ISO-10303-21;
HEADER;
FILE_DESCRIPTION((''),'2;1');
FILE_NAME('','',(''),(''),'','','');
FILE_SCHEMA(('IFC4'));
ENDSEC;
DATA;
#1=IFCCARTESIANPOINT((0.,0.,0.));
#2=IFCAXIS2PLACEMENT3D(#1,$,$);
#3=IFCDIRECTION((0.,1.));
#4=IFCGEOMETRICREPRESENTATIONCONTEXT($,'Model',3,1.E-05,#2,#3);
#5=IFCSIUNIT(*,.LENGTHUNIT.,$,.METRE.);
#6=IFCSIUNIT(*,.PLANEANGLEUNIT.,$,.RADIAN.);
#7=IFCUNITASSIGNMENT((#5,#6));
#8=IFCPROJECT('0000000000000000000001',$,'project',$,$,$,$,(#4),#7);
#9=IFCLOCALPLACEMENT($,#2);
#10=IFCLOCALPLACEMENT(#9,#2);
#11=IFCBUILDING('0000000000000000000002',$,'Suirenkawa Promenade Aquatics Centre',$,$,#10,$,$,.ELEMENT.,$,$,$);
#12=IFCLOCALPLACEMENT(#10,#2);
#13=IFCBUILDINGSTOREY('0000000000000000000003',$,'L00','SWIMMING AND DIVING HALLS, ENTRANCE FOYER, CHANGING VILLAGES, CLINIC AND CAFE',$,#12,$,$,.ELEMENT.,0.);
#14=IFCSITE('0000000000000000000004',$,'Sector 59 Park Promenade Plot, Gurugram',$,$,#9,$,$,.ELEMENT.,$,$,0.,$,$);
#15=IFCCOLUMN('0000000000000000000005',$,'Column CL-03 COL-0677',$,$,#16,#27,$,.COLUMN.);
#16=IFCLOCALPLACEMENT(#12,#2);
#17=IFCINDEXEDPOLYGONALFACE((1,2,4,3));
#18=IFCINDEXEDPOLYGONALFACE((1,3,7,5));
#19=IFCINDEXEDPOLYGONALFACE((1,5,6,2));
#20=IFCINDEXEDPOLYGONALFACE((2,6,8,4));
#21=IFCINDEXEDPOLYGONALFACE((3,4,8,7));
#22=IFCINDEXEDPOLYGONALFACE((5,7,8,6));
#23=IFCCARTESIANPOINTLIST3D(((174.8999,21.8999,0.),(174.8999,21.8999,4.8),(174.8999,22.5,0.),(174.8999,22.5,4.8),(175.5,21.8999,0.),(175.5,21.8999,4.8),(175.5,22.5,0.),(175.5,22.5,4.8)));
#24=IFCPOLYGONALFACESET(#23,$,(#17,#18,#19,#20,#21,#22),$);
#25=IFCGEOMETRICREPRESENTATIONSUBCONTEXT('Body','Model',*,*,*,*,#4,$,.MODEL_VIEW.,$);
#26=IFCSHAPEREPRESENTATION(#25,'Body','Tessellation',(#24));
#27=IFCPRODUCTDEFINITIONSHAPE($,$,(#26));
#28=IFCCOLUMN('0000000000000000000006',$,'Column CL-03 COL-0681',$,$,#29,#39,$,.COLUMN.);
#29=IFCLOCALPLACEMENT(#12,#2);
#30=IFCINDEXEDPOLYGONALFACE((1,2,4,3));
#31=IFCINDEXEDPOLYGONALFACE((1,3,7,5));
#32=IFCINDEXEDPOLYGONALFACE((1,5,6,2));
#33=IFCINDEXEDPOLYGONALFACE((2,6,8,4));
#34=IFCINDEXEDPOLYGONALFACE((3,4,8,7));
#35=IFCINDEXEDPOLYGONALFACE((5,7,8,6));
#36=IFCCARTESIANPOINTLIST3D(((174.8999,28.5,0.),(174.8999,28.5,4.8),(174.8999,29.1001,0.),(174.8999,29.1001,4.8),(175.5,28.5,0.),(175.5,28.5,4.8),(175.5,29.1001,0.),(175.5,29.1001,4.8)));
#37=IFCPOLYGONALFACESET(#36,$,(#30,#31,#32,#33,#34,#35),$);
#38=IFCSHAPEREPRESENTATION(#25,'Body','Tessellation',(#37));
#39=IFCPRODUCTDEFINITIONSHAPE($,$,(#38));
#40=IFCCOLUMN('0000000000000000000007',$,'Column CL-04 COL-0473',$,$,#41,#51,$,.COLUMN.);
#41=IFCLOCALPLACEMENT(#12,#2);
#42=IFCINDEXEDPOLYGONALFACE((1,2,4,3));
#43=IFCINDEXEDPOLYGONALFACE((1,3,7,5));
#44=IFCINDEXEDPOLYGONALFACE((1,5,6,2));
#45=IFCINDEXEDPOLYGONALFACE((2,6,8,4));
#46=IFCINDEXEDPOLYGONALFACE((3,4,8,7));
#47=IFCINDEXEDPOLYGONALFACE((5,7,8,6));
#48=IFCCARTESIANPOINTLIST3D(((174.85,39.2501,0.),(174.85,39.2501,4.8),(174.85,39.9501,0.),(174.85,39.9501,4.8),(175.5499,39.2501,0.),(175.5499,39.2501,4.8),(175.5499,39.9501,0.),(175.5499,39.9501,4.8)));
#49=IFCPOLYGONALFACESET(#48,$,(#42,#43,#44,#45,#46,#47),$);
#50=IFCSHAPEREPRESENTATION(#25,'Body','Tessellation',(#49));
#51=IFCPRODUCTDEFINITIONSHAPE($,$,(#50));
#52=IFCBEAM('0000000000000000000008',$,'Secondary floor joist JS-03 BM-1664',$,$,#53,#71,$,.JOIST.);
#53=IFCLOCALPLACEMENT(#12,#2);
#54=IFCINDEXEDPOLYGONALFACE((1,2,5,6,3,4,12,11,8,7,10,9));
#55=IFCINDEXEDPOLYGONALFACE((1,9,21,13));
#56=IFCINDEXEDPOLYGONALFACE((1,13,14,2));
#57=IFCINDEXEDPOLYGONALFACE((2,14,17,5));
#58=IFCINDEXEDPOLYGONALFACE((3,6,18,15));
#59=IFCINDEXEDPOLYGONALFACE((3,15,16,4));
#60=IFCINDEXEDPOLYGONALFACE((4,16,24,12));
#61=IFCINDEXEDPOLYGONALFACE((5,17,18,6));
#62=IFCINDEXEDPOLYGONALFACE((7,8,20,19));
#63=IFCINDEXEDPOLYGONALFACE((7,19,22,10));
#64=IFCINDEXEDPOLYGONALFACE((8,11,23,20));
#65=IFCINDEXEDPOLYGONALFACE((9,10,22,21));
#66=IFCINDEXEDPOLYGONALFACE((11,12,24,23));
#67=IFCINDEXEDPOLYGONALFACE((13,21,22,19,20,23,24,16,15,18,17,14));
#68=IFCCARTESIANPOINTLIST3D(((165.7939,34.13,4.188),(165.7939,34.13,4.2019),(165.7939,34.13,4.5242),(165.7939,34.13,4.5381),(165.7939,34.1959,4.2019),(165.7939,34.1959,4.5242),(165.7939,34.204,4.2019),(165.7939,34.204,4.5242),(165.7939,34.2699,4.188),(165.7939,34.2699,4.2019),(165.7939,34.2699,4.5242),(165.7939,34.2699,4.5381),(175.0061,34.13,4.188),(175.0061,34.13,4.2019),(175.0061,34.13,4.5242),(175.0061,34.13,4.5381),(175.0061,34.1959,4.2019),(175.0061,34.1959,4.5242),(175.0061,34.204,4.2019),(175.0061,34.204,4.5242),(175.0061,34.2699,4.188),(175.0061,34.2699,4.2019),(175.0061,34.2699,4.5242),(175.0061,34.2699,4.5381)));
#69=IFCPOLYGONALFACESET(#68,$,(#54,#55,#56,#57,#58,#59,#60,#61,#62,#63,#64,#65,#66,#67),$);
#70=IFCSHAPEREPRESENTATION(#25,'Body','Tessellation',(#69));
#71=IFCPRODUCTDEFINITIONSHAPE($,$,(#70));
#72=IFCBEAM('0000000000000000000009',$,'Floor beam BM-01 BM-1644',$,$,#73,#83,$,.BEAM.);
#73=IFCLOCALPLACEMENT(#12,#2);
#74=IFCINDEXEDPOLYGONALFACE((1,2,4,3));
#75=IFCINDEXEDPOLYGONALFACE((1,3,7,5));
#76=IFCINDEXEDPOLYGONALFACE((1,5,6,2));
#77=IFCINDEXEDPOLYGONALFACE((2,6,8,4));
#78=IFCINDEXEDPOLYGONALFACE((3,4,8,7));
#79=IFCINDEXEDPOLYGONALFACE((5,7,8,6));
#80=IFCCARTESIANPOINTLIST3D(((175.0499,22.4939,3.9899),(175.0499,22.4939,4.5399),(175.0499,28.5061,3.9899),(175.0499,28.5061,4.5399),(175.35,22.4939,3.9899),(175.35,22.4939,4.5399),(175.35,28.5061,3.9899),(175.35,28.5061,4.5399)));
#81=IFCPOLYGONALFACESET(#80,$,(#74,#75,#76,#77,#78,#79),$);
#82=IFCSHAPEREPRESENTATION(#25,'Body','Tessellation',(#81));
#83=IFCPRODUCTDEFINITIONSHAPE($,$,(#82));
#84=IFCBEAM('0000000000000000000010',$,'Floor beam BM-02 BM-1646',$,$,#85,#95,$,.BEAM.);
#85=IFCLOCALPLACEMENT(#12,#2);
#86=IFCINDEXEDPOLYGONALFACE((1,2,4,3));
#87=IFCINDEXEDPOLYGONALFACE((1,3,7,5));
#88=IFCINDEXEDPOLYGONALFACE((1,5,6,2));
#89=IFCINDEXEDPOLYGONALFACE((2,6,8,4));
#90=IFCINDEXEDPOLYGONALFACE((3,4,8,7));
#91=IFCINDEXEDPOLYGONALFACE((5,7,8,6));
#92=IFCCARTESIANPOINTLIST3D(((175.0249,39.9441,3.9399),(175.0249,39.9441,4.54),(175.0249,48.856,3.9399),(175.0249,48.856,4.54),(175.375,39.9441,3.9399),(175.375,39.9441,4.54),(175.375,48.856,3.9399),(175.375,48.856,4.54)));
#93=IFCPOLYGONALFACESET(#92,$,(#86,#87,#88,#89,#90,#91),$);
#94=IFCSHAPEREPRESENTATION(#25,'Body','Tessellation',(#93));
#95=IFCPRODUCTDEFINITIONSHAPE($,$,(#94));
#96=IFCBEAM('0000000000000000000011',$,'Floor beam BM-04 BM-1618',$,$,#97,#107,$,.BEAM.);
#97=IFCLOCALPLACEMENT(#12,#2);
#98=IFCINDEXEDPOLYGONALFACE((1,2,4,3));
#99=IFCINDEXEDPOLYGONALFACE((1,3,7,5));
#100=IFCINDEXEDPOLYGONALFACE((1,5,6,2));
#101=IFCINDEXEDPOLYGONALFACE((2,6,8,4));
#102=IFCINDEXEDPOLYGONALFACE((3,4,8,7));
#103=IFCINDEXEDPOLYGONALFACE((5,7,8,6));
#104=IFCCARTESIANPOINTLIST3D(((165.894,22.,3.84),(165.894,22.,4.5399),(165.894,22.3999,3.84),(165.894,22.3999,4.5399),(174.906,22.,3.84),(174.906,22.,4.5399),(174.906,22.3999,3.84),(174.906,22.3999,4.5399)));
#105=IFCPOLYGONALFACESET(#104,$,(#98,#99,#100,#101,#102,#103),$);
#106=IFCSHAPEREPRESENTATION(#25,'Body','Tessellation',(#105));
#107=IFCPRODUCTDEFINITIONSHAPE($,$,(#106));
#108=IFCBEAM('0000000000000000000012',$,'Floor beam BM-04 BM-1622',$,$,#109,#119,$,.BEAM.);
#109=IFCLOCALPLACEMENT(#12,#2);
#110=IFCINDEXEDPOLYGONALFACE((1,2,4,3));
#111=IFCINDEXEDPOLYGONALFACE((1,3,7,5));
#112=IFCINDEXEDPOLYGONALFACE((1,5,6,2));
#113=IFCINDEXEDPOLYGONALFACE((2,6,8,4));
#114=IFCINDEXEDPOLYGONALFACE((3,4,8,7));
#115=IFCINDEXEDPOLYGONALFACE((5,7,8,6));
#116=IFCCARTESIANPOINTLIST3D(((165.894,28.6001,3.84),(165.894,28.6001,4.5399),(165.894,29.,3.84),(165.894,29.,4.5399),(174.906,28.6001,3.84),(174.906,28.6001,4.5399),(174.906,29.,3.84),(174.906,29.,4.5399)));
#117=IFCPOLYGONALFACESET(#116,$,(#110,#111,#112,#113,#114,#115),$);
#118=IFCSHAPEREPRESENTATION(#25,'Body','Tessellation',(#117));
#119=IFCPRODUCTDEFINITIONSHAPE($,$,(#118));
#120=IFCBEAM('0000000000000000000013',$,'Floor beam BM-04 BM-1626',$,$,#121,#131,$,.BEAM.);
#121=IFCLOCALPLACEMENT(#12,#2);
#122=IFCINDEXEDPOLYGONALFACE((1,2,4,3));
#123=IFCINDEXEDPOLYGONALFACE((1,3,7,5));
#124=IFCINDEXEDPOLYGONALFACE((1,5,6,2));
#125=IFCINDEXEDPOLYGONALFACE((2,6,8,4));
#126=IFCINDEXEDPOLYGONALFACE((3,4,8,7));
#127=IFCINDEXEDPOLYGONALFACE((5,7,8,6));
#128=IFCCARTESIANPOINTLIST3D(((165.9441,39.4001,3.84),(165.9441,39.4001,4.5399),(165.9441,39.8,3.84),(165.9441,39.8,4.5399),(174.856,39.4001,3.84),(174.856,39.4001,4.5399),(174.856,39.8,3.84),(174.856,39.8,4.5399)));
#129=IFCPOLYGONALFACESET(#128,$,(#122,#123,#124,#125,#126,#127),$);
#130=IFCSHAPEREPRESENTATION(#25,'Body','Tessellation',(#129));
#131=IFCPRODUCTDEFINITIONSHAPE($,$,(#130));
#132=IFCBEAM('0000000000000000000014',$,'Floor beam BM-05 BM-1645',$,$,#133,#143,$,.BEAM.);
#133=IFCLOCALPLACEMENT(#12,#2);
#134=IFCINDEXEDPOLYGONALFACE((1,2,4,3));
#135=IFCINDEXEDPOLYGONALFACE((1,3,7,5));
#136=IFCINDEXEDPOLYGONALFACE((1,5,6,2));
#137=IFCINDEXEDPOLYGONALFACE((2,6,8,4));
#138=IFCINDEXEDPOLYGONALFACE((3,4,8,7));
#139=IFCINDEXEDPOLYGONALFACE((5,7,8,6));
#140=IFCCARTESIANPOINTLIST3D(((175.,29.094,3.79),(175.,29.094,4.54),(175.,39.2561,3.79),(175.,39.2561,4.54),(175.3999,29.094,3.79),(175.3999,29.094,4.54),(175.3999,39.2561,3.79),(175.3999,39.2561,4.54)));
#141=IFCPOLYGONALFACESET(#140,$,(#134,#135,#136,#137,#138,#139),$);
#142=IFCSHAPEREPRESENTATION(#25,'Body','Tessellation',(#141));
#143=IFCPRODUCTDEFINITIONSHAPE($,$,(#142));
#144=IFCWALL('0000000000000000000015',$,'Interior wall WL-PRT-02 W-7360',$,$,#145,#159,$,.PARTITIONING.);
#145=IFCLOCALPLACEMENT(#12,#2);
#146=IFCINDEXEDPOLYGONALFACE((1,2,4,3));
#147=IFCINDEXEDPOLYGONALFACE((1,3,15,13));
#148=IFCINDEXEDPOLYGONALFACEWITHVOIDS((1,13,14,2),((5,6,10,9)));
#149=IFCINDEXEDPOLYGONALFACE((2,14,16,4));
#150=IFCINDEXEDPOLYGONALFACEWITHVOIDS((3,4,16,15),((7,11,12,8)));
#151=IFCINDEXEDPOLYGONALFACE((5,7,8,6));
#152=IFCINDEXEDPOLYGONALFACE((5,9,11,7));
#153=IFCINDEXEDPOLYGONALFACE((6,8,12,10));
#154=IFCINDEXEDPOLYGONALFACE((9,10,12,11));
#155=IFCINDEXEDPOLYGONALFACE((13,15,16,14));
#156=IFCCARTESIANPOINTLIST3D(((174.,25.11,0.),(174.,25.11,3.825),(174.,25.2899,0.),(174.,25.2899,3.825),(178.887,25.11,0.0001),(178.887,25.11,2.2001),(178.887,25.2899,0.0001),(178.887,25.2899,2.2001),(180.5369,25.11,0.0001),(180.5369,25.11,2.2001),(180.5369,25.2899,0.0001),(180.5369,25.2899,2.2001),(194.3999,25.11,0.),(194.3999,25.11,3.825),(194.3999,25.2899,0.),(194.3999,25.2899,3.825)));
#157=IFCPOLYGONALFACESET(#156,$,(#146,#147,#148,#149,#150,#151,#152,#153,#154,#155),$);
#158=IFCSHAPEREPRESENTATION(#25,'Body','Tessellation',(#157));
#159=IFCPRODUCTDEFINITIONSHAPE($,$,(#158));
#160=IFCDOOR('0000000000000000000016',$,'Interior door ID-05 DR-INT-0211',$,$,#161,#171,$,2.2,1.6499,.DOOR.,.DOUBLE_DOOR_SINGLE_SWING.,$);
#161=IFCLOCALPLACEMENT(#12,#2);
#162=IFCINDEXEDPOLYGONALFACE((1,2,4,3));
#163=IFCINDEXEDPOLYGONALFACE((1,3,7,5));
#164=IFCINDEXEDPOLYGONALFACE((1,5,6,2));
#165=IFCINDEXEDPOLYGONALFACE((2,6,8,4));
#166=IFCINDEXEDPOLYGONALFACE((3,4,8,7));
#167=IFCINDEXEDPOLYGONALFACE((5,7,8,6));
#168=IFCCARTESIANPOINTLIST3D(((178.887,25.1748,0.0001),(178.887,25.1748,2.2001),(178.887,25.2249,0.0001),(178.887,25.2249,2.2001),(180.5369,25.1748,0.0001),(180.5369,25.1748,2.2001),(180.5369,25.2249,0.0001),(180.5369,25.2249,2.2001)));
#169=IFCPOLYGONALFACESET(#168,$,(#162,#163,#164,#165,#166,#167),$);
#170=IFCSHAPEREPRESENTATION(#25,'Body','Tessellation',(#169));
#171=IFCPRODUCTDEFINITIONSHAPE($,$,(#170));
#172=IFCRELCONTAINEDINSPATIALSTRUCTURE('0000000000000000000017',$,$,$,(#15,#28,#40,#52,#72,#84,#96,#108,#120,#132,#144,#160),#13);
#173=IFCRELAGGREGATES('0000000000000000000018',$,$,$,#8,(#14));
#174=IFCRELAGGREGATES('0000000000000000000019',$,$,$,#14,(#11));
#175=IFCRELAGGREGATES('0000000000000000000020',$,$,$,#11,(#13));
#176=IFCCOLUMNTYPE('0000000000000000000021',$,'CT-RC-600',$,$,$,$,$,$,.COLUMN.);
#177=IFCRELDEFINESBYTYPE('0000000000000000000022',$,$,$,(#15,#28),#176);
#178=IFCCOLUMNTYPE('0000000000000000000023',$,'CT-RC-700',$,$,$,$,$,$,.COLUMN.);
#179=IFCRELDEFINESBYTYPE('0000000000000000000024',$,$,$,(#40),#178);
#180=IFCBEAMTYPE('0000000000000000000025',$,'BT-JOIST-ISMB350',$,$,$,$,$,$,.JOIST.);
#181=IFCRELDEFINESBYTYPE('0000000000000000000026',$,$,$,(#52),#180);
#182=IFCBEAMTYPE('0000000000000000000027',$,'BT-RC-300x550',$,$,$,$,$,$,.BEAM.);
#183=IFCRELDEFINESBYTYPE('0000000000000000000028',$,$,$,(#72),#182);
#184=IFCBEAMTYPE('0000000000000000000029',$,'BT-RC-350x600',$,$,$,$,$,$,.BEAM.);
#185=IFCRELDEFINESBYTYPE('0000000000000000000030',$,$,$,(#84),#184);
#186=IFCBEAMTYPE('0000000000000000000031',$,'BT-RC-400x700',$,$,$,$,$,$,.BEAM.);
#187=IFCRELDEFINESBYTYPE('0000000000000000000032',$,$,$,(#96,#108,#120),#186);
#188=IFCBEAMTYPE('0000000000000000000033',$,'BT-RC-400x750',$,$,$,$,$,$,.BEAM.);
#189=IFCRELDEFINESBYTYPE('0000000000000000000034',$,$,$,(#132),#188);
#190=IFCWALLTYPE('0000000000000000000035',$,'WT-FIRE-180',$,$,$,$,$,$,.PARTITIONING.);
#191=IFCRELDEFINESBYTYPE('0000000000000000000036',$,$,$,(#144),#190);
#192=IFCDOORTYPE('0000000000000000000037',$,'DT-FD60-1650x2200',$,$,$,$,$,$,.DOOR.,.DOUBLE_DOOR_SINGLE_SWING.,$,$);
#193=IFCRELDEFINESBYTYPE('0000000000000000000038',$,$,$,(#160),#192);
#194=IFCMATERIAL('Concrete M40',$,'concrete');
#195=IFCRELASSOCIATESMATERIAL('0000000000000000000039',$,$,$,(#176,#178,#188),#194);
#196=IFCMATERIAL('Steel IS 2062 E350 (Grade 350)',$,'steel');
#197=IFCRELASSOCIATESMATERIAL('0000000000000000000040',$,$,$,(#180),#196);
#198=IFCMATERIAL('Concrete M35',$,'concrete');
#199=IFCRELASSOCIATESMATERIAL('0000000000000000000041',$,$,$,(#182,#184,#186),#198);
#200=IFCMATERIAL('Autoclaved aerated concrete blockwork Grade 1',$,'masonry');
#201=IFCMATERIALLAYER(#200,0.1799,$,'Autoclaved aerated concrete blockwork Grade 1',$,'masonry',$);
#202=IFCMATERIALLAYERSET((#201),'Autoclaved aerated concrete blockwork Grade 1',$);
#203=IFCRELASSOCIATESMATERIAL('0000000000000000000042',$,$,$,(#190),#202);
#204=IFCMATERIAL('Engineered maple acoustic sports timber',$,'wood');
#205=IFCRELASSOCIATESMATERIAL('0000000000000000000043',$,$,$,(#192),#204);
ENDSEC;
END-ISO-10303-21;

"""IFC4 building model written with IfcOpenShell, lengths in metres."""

from ifc_helpers import new_model, si_unit, direction, frame, frame_2d, origin, origin_2d, place, context, subcontext, project, spatial, rectangle, i_section, extrude, material, layer, layer_set, material_profile, profile_set, type_object, element, fill, save


model = new_model("IFC4")

# Units and contexts
model_context = context("Model", 3, precision=1e-05, world=origin(), true_north=direction((0.0, 1.0)))
body_context = subcontext(model_context, "Body", "Model", "MODEL_VIEW")
ifc_project = project(units=[si_unit("LENGTHUNIT", "METRE"), si_unit("PLANEANGLEUNIT", "RADIAN")], contexts=[model_context])

# Site, building, storey
site_placement = place(None, origin())
site = spatial("IfcSite", under=ifc_project, at=site_placement, Name="Sector 59 Park Promenade Plot, Gurugram", CompositionType="ELEMENT", RefElevation=0.0)
building_placement = place(site_placement, origin())
building = spatial("IfcBuilding", under=site, at=building_placement, Name="Suirenkawa Promenade Aquatics Centre", CompositionType="ELEMENT")
storey_placement = place(building_placement, origin())
storey = spatial("IfcBuildingStorey", under=building, at=storey_placement, Name="L00", Description="SWIMMING AND DIVING HALLS, ENTRANCE FOYER, CHANGING VILLAGES, CLINIC AND CAFE", CompositionType="ELEMENT", Elevation=0.0)

# Columns
ifc_material_1 = material(Name="Concrete M40", Category="concrete")
ifc_material_profile_1 = material_profile(ifc_material_1, rectangle(XDim=0.6001, YDim=0.6001, at=origin_2d()), Name="RC COL 600x600", Category="concrete")
ifc_profile_set_1 = profile_set([ifc_material_profile_1], Name="Concrete M40")
column_type_1 = type_object("IfcColumnType", Name="CT-RC-600", PredefinedType="COLUMN", material=ifc_profile_set_1)
for number, where, z_axis, x_axis, name in (
    (1, (175.2, 22.2, 0.0), (0.0, 0.0, 1.0), (1.0, 0.0, 0.0), "Column CL-03 COL-0677"),
    (2, (175.2, 28.8, 0.0), (0.0, 0.0, 1.0), (1.0, 0.0, 0.0), "Column CL-03 COL-0681"),
):
    element("IfcColumn", number, at=place(storey_placement, frame(where, z_axis=z_axis, x_axis=x_axis)), inside=storey, type_object=column_type_1, Name=name, PredefinedType="COLUMN", context=body_context, shape_type="SweptSolid", body=[
        extrude(rectangle(XDim=0.6001, YDim=0.6001, at=origin_2d()), origin(), (0.0, 0.0, 1.0), 4.8),
    ])
ifc_material_profile_2 = material_profile(ifc_material_1, rectangle(XDim=0.7, YDim=0.7, at=origin_2d()), Name="RC COL 700x700", Category="concrete")
ifc_profile_set_2 = profile_set([ifc_material_profile_2], Name="Concrete M40")
column_type_2 = type_object("IfcColumnType", Name="CT-RC-700", PredefinedType="COLUMN", material=ifc_profile_set_2)
column_placement = place(storey_placement, frame((175.2, 39.6001, 0.0), z_axis=(0.0, 0.0, 1.0), x_axis=(1.0, 0.0, 0.0)))
element("IfcColumn", 3, at=column_placement, inside=storey, type_object=column_type_2, Name="Column CL-04 COL-0473", PredefinedType="COLUMN", context=body_context, shape_type="SweptSolid", body=[
    extrude(rectangle(XDim=0.7, YDim=0.7, at=origin_2d()), origin(), (0.0, 0.0, 1.0), 4.8),
])

# Beams
ifc_material_2 = material(Name="Steel IS 2062 E350 (Grade 350)", Category="steel")
ifc_material_profile_3 = material_profile(ifc_material_2, i_section(OverallWidth=0.1399, OverallDepth=0.3501, WebThickness=0.0081, FlangeThickness=0.0139, at=origin_2d()), Name="ISMB 350", Category="steel")
ifc_profile_set_3 = profile_set([ifc_material_profile_3], Name="Steel IS 2062 E350 (Grade 350)")
beam_type_1 = type_object("IfcBeamType", Name="BT-JOIST-ISMB350", PredefinedType="JOIST", material=ifc_profile_set_3)
beam_1_placement = place(storey_placement, frame((165.7939, 34.2, 4.363), z_axis=(1.0, 0.0, 0.0), x_axis=(0.0, 1.0, 0.0)))
element("IfcBeam", 4, at=beam_1_placement, inside=storey, type_object=beam_type_1, Name="Secondary floor joist JS-03 BM-1664", PredefinedType="JOIST", context=body_context, shape_type="SweptSolid", body=[
    extrude(i_section(OverallWidth=0.1399, OverallDepth=0.3501, WebThickness=0.0081, FlangeThickness=0.0139, at=origin_2d()), origin(), (0.0, 0.0, 1.0), 9.2122),
])
ifc_material_3 = material(Name="Concrete M35", Category="concrete")
ifc_material_profile_4 = material_profile(ifc_material_3, rectangle(XDim=0.3, YDim=0.55, at=origin_2d()), Name="RC BM 300x550", Category="concrete")
ifc_profile_set_4 = profile_set([ifc_material_profile_4], Name="Concrete M35")
beam_type_2 = type_object("IfcBeamType", Name="BT-RC-300x550", PredefinedType="BEAM", material=ifc_profile_set_4)
beam_2_placement = place(storey_placement, frame((175.2, 22.4939, 4.2649), z_axis=(0.0, 1.0, 0.0), x_axis=(-1.0, 0.0, 0.0)))
element("IfcBeam", 5, at=beam_2_placement, inside=storey, type_object=beam_type_2, Name="Floor beam BM-01 BM-1644", PredefinedType="BEAM", context=body_context, shape_type="SweptSolid", body=[
    extrude(rectangle(XDim=0.3, YDim=0.55, at=origin_2d()), origin(), (0.0, 0.0, 1.0), 6.0122),
])
ifc_material_profile_5 = material_profile(ifc_material_3, rectangle(XDim=0.3501, YDim=0.6001, at=origin_2d()), Name="RC BM 350x600", Category="concrete")
ifc_profile_set_5 = profile_set([ifc_material_profile_5], Name="Concrete M35")
beam_type_3 = type_object("IfcBeamType", Name="BT-RC-350x600", PredefinedType="BEAM", material=ifc_profile_set_5)
beam_3_placement = place(storey_placement, frame((175.2, 39.9441, 4.24), z_axis=(0.0, 1.0, 0.0), x_axis=(-1.0, 0.0, 0.0)))
element("IfcBeam", 6, at=beam_3_placement, inside=storey, type_object=beam_type_3, Name="Floor beam BM-02 BM-1646", PredefinedType="BEAM", context=body_context, shape_type="SweptSolid", body=[
    extrude(rectangle(XDim=0.3501, YDim=0.6001, at=origin_2d()), origin(), (0.0, 0.0, 1.0), 8.9119),
])
ifc_material_profile_6 = material_profile(ifc_material_3, rectangle(XDim=0.3999, YDim=0.7, at=origin_2d()), Name="RC BM 400x700", Category="concrete")
ifc_profile_set_6 = profile_set([ifc_material_profile_6], Name="Concrete M35")
beam_type_4 = type_object("IfcBeamType", Name="BT-RC-400x700", PredefinedType="BEAM", material=ifc_profile_set_6)
for number, where, z_axis, x_axis, name in (
    (7, (165.894, 22.2, 4.1899), (1.0, 0.0, 0.0), (0.0, 1.0, 0.0), "Floor beam BM-04 BM-1618"),
    (8, (165.894, 28.8, 4.1899), (1.0, 0.0, 0.0), (0.0, 1.0, 0.0), "Floor beam BM-04 BM-1622"),
):
    element("IfcBeam", number, at=place(storey_placement, frame(where, z_axis=z_axis, x_axis=x_axis)), inside=storey, type_object=beam_type_4, Name=name, PredefinedType="BEAM", context=body_context, shape_type="SweptSolid", body=[
        extrude(rectangle(XDim=0.3999, YDim=0.7, at=origin_2d()), origin(), (0.0, 0.0, 1.0), 9.012),
    ])
beam_4_placement = place(storey_placement, frame((165.9441, 39.6001, 4.1899), z_axis=(1.0, 0.0, 0.0), x_axis=(0.0, 1.0, 0.0)))
element("IfcBeam", 9, at=beam_4_placement, inside=storey, type_object=beam_type_4, Name="Floor beam BM-04 BM-1626", PredefinedType="BEAM", context=body_context, shape_type="SweptSolid", body=[
    extrude(rectangle(XDim=0.3999, YDim=0.7, at=origin_2d()), origin(), (0.0, 0.0, 1.0), 8.9119),
])
ifc_material_profile_7 = material_profile(ifc_material_1, rectangle(XDim=0.3999, YDim=0.75, at=origin_2d()), Name="RC BM 400x750", Category="concrete")
ifc_profile_set_7 = profile_set([ifc_material_profile_7], Name="Concrete M40")
beam_type_5 = type_object("IfcBeamType", Name="BT-RC-400x750", PredefinedType="BEAM", material=ifc_profile_set_7)
beam_5_placement = place(storey_placement, frame((175.2, 29.094, 4.165), z_axis=(0.0, 1.0, 0.0), x_axis=(-1.0, 0.0, 0.0)))
element("IfcBeam", 10, at=beam_5_placement, inside=storey, type_object=beam_type_5, Name="Floor beam BM-05 BM-1645", PredefinedType="BEAM", context=body_context, shape_type="SweptSolid", body=[
    extrude(rectangle(XDim=0.3999, YDim=0.75, at=origin_2d()), origin(), (0.0, 0.0, 1.0), 10.1621),
])

# Wall, opening, door
ifc_material_4 = material(Name="Autoclaved aerated concrete blockwork Grade 1", Category="masonry")
ifc_layer_1 = layer(ifc_material_4, 0.1799, Name="Autoclaved aerated concrete blockwork Grade 1", Category="masonry")
ifc_layer_set_1 = layer_set([ifc_layer_1], Name="Autoclaved aerated concrete blockwork Grade 1")
wall_type_1 = type_object("IfcWallType", Name="WT-FIRE-180", PredefinedType="PARTITIONING", material=ifc_layer_set_1)
wall_1_placement = place(storey_placement, frame((174.0, 25.2, 0.0), z_axis=(0.0, 0.0, 1.0), x_axis=(1.0, 0.0, 0.0)))
wall_1 = element("IfcWall", 11, at=wall_1_placement, inside=storey, type_object=wall_type_1, Name="Interior wall WL-PRT-02 W-7360", PredefinedType="PARTITIONING", context=body_context, shape_type="SweptSolid", body=[
    extrude(rectangle(XDim=20.3999, YDim=0.1799, at=frame_2d((10.2, 0.0))), origin(), (0.0, 0.0, 1.0), 3.825),
])
opening_1_placement = place(wall_1_placement, frame((4.887, 0.0, 0.0)))
opening_1 = element("IfcOpeningElement", 12, at=opening_1_placement, cuts=wall_1, PredefinedType="OPENING", context=body_context, shape_type="SweptSolid", body=[
    extrude(rectangle(XDim=1.6499, YDim=2.2, at=frame_2d((0.825, 1.1001))), frame((0.0, 0.0999, 0.0), z_axis=(0.0, -1.0, 0.0), x_axis=(1.0, 0.0, 0.0)), (0.0, 0.0, 1.0), 0.2),
])
ifc_material_5 = material(Name="Engineered maple acoustic sports timber", Category="wood")
door_type_1 = type_object("IfcDoorType", Name="DT-FD60-1650x2200", OperationType="DOUBLE_DOOR_SINGLE_SWING", PredefinedType="DOOR", material=ifc_material_5)
door_1_placement = place(opening_1_placement, origin())
door_1 = element("IfcDoor", 13, at=door_1_placement, inside=storey, type_object=door_type_1, Name="Interior door ID-05 DR-INT-0211", OperationType="DOUBLE_DOOR_SINGLE_SWING", OverallHeight=2.2, OverallWidth=1.6499, PredefinedType="DOOR", context=body_context, shape_type="SweptSolid", body=[
    extrude(rectangle(XDim=1.6499, YDim=2.2, at=frame_2d((0.825, 1.1001))), frame((0.0, 0.0249, 0.0), z_axis=(0.0, -1.0, 0.0), x_axis=(1.0, 0.0, 0.0)), (0.0, 0.0, 1.0), 0.05),
])
fill(opening_1, door_1)

save(model, "model.ifc")
